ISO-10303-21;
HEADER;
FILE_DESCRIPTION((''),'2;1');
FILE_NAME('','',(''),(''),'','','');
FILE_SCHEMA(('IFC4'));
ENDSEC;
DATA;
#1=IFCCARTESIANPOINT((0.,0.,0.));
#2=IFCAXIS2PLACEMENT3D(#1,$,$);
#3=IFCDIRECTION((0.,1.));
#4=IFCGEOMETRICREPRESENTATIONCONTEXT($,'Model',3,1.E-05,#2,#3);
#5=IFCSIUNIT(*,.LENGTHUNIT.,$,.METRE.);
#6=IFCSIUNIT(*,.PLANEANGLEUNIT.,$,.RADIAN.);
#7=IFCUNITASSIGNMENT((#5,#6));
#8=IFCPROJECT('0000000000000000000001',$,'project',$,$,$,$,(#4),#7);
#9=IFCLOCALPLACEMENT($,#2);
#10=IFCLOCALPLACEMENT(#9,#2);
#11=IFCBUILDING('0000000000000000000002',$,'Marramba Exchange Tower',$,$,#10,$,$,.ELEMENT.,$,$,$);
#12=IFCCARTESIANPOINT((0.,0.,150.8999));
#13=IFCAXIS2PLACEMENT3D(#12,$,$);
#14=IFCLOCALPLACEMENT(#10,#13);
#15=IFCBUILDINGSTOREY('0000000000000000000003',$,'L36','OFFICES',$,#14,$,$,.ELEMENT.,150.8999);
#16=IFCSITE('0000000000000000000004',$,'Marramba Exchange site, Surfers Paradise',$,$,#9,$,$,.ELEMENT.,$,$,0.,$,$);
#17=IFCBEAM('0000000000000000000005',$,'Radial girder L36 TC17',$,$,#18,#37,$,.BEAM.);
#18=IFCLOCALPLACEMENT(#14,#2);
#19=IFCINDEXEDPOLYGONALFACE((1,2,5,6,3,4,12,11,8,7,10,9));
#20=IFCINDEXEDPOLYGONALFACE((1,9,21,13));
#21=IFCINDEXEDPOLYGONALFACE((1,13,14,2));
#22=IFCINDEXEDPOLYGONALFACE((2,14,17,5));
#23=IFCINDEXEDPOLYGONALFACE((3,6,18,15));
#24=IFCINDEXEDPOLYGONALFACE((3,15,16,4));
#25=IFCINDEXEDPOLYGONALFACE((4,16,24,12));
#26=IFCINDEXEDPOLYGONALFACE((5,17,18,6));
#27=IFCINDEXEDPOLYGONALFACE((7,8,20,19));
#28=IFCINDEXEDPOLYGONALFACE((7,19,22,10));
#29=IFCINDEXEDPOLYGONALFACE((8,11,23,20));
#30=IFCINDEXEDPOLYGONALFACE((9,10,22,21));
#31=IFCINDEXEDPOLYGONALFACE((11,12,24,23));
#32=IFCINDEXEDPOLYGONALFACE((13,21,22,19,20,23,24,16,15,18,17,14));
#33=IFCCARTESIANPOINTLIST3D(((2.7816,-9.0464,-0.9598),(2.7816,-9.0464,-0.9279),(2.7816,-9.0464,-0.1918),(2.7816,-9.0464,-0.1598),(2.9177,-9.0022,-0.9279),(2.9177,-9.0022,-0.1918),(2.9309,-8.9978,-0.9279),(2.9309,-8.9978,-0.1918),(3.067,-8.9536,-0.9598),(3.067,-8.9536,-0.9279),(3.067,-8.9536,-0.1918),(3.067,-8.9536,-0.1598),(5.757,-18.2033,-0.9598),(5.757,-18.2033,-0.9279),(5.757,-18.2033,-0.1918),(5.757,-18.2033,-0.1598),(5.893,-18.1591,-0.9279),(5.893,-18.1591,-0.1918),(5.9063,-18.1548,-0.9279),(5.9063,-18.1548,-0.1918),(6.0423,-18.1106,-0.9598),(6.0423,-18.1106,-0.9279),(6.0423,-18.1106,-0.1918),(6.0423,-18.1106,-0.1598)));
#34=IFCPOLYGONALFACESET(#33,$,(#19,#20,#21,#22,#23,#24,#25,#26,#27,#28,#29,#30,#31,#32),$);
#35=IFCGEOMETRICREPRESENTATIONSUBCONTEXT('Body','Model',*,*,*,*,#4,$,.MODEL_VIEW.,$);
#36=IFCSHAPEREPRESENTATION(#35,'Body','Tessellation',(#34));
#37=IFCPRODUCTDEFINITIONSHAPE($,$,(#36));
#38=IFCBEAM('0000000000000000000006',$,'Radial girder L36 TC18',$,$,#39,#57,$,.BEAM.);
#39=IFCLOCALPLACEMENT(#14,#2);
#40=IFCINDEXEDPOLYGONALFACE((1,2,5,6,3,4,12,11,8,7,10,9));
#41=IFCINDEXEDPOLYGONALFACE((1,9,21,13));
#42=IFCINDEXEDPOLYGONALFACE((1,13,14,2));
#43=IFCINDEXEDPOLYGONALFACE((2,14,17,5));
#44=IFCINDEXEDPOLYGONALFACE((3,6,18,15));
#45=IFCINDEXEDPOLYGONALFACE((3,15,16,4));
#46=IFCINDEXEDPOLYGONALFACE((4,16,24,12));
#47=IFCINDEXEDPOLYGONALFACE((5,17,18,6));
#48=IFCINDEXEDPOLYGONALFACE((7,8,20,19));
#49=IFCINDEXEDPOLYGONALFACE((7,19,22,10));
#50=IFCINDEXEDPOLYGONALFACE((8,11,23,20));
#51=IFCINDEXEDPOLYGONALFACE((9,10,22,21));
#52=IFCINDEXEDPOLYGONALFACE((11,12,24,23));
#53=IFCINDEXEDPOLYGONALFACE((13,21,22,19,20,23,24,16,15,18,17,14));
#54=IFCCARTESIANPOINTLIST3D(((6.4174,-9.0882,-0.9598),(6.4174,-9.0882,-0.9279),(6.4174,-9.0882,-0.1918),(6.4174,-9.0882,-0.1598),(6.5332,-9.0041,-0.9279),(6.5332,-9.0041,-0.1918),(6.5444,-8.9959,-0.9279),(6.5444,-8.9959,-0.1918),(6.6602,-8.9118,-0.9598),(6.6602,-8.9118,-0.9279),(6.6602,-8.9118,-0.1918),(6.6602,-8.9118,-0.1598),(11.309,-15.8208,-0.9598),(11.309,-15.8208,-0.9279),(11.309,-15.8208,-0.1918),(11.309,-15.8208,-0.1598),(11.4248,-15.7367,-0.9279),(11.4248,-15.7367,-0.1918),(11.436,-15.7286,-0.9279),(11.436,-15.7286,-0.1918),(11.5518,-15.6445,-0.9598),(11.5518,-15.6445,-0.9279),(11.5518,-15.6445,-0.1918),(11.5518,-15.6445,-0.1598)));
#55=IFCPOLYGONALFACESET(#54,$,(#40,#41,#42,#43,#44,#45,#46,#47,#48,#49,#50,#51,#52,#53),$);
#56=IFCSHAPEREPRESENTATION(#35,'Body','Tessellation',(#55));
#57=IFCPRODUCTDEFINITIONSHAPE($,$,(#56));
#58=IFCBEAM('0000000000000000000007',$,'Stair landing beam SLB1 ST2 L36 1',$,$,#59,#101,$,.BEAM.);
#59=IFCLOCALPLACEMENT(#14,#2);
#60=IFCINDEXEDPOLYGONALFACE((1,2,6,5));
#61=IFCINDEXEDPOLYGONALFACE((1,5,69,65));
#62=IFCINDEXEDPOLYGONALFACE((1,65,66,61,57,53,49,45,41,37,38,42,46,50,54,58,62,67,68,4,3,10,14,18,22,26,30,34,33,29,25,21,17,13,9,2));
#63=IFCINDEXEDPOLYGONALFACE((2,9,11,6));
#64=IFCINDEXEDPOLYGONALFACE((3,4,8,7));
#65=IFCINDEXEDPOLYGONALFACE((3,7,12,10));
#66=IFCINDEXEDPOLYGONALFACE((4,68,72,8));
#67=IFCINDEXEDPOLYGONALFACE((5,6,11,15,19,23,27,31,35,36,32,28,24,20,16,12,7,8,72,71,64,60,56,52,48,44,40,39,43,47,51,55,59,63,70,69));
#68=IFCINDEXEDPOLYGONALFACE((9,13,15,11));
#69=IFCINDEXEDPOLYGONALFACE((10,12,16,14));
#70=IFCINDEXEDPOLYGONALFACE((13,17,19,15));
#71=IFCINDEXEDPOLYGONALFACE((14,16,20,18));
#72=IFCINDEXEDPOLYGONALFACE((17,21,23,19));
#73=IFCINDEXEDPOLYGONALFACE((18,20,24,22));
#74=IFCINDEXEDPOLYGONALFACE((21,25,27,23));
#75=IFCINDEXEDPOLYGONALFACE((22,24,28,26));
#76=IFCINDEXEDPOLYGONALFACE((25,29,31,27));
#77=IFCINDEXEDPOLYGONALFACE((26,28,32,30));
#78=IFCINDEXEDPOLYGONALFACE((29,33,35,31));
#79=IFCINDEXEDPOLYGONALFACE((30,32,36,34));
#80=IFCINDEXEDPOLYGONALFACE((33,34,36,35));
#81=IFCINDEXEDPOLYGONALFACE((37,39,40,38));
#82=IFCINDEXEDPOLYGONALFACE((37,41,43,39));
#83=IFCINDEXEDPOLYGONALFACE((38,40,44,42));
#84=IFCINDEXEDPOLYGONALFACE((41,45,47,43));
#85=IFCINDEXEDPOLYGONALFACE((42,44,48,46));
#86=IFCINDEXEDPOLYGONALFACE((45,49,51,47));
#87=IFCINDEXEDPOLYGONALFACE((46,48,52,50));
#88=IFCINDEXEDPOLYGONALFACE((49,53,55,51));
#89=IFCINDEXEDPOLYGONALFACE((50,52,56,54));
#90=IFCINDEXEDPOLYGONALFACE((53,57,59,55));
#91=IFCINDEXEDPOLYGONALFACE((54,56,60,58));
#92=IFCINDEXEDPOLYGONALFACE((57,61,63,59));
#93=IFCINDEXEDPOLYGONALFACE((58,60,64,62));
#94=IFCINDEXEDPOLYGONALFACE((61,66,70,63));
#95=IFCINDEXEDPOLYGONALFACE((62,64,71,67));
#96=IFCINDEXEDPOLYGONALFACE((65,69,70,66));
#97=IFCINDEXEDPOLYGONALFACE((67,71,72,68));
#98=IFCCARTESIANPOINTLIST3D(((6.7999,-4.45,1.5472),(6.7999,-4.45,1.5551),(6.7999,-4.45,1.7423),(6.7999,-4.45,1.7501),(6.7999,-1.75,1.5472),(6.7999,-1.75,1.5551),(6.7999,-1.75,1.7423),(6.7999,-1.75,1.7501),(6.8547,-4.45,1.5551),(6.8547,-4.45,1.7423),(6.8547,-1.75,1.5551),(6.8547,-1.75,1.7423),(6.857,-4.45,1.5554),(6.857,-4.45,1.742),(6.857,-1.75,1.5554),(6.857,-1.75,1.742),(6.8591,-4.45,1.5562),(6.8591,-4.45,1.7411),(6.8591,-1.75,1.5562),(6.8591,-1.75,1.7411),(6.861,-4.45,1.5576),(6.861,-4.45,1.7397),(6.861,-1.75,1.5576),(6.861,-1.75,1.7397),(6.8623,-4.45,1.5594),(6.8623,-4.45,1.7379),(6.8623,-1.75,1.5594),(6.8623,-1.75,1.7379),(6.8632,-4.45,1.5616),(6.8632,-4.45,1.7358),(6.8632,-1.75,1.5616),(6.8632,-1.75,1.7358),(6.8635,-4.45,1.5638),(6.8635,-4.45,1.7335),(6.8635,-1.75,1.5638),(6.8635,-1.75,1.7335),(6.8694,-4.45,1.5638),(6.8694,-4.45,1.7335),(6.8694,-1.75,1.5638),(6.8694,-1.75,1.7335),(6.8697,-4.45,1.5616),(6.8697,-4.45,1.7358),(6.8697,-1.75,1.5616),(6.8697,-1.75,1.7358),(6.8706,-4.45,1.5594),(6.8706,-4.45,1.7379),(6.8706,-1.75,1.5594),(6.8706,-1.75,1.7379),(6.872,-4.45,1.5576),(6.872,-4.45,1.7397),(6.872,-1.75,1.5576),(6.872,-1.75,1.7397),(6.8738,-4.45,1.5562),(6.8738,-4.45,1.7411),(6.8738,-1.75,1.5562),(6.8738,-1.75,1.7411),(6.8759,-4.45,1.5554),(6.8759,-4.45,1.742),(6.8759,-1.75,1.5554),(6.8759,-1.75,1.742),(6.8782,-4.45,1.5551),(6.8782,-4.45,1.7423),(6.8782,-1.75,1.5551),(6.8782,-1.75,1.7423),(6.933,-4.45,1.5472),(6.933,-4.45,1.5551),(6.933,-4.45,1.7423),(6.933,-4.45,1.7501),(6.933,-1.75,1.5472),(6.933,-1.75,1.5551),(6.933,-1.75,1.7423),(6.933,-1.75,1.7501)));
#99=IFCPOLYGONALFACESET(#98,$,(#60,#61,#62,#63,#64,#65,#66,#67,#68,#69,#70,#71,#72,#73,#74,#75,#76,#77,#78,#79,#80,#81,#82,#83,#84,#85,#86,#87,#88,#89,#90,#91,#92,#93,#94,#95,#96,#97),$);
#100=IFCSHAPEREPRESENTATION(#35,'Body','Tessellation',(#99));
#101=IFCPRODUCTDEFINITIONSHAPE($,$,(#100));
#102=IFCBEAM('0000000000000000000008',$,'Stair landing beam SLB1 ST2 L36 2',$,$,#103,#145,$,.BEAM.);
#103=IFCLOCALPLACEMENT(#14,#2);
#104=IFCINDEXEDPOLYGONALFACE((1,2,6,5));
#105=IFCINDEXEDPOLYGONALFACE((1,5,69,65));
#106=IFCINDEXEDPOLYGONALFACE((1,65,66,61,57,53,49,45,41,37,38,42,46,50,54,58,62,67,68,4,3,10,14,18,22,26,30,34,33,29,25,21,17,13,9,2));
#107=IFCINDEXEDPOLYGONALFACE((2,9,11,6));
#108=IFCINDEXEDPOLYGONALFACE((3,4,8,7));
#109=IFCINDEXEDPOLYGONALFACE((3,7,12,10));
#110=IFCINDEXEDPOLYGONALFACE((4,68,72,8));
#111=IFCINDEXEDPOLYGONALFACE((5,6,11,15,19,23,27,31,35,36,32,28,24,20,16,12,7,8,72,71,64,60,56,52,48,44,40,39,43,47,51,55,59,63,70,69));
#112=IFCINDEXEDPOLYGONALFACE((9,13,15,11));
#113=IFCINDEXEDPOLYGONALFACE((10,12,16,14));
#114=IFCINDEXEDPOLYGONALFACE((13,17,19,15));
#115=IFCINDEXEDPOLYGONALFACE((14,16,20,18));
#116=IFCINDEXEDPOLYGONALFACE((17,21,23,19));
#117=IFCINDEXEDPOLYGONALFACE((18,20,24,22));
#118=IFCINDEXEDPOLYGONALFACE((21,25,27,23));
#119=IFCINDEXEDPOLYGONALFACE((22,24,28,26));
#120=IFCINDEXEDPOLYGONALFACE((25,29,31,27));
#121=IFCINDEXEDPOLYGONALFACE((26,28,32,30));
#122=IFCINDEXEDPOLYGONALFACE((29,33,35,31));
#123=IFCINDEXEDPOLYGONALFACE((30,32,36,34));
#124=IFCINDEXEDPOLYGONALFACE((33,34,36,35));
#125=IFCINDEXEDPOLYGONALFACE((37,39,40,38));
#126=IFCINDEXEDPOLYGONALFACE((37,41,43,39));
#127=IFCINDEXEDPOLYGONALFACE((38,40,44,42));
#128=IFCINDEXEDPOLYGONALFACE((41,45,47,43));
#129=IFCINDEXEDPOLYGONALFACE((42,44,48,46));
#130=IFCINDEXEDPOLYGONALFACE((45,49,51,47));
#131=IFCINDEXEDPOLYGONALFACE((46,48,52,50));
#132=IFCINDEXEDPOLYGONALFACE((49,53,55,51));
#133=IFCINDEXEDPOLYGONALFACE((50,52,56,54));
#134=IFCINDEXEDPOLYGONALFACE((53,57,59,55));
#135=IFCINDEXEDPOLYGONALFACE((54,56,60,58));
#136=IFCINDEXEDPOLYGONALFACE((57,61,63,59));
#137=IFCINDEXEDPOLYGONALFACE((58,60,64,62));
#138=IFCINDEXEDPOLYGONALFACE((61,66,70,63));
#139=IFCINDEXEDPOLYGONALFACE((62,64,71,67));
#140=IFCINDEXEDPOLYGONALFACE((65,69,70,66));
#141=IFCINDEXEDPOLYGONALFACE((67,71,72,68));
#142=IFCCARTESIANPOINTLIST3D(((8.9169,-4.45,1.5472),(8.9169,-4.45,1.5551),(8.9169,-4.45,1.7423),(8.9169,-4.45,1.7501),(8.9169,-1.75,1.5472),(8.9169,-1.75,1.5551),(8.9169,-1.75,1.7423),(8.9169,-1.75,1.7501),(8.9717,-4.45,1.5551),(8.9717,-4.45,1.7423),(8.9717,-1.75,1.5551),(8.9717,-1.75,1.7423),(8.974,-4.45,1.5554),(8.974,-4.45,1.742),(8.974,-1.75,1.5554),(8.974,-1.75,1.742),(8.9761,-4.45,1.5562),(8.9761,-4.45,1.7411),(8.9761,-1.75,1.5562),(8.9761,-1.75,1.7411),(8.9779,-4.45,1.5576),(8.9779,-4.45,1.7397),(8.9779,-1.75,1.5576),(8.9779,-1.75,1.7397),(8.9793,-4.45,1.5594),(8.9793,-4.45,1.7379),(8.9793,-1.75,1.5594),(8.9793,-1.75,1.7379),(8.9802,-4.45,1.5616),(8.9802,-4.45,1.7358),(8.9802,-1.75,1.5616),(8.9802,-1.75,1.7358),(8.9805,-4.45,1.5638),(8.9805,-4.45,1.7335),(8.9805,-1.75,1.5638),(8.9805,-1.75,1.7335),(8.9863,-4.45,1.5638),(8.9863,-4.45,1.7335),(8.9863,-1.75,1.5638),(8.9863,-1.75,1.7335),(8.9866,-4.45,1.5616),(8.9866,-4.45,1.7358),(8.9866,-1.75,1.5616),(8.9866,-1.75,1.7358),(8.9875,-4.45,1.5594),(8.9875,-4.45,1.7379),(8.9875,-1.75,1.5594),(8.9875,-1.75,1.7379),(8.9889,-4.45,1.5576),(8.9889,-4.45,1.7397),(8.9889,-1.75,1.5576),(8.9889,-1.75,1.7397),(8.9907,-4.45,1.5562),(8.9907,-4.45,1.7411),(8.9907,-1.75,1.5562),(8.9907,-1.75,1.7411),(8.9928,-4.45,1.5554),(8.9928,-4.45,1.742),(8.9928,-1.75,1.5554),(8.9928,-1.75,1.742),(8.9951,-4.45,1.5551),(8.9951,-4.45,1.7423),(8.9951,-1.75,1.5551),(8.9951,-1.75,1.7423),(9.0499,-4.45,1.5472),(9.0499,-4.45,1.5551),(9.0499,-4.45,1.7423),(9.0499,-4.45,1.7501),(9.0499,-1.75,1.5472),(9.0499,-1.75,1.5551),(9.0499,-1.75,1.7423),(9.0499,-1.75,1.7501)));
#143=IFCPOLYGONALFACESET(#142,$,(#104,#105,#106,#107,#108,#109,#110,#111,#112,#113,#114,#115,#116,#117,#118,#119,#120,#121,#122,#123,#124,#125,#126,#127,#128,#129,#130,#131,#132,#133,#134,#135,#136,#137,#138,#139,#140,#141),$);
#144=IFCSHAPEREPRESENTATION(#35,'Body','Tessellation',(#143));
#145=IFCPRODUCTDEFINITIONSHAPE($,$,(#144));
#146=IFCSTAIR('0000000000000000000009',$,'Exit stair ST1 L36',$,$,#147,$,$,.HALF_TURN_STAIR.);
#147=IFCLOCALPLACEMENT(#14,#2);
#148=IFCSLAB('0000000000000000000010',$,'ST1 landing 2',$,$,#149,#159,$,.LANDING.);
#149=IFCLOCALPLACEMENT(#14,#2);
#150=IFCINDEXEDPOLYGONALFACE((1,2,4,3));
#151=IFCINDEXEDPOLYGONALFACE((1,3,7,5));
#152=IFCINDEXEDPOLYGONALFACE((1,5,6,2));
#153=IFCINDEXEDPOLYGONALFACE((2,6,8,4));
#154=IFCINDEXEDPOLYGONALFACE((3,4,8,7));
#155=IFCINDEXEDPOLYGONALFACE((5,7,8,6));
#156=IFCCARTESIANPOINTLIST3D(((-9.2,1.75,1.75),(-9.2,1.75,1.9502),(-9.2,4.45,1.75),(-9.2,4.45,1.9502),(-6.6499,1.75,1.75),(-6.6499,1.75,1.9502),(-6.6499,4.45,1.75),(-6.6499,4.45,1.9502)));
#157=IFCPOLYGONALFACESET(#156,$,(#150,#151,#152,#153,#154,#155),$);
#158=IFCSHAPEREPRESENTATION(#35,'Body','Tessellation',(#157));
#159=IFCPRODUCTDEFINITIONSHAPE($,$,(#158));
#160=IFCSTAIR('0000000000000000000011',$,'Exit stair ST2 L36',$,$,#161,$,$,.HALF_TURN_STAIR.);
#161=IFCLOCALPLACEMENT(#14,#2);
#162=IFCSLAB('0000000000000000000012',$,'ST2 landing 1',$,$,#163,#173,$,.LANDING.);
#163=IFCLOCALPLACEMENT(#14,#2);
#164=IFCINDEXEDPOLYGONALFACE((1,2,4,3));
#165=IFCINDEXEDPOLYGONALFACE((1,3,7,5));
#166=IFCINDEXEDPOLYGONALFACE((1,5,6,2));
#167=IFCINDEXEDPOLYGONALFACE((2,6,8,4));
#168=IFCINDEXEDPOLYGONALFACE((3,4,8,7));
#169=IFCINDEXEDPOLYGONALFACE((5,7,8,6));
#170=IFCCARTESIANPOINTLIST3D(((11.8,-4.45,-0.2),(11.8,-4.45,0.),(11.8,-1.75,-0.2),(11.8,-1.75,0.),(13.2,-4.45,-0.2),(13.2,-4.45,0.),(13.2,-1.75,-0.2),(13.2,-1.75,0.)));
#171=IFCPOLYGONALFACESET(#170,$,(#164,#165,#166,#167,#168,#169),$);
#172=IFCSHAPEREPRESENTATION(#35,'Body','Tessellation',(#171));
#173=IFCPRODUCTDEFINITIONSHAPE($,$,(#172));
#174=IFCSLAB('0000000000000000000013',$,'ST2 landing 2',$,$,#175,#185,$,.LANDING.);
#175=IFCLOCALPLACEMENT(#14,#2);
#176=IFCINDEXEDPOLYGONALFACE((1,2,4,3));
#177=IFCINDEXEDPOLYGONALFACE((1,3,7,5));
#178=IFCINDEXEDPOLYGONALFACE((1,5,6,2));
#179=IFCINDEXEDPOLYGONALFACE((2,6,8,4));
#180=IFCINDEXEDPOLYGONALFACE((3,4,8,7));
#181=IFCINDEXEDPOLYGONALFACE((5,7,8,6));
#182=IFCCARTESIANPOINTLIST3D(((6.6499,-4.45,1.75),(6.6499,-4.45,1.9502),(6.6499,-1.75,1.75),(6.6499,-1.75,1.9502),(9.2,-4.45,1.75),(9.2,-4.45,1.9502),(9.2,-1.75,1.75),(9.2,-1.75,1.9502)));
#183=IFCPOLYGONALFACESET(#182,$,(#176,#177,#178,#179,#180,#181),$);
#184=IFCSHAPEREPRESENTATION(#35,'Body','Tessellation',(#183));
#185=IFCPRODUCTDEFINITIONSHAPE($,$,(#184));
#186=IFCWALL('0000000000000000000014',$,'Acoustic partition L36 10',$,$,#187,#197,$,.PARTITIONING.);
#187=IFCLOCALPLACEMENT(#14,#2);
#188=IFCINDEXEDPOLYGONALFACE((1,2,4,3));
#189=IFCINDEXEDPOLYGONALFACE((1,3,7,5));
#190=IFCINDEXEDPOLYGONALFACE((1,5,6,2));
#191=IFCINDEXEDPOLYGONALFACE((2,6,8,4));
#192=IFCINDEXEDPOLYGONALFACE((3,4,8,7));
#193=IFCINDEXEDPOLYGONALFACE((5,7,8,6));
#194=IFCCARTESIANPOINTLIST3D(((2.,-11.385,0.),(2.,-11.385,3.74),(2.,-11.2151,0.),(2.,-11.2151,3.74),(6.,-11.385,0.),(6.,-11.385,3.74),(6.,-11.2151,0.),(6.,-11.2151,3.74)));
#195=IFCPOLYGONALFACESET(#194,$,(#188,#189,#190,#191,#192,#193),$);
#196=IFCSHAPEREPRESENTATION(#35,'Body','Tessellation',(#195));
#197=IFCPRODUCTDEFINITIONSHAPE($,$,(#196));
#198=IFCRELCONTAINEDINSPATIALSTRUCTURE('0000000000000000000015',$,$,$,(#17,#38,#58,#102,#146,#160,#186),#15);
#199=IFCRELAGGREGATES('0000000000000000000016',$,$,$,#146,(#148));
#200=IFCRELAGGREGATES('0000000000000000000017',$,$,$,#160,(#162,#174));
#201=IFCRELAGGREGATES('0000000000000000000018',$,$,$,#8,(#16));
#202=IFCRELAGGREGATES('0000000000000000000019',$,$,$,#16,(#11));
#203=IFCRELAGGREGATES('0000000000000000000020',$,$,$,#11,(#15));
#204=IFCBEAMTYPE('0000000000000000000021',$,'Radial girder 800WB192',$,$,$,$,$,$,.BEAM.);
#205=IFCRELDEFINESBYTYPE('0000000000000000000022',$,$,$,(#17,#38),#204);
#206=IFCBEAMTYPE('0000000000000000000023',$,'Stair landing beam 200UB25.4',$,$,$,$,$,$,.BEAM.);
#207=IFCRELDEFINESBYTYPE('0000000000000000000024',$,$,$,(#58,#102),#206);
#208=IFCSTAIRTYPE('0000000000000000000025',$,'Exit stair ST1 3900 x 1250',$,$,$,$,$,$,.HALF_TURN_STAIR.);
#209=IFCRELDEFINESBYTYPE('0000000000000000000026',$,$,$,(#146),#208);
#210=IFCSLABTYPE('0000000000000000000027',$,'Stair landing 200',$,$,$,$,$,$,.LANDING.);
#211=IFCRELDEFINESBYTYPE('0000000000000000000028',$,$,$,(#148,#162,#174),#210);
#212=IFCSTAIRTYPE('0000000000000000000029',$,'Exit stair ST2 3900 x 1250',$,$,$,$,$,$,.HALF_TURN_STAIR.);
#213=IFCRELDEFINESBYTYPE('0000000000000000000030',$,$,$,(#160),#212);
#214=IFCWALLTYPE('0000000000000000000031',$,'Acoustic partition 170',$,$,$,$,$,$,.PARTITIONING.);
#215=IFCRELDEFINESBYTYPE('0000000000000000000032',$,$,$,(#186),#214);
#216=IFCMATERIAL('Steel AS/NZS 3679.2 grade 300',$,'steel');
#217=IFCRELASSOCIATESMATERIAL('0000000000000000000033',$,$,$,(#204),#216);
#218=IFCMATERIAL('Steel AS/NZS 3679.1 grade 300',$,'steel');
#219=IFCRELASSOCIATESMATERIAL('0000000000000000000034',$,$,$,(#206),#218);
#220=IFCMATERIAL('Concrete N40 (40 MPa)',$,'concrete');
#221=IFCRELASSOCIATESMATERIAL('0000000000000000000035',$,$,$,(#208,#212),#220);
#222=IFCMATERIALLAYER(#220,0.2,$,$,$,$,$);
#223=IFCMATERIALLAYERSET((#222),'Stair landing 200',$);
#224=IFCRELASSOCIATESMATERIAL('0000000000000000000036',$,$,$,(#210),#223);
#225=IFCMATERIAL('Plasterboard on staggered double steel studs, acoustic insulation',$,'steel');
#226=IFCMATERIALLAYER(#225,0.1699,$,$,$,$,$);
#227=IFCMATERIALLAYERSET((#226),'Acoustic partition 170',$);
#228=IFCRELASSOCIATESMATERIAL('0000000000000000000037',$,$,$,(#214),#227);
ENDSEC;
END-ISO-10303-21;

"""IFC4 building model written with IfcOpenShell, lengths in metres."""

from ifc_helpers import new_model, si_unit, direction, frame, frame_2d, origin, origin_2d, place, context, subcontext, project, spatial, polyline, rectangle, i_section, outline, extrude, material, layer, layer_set, material_profile, profile_set, type_object, element, aggregate, save


model = new_model("IFC4")

# Units and contexts
model_context = context("Model", 3, precision=1e-05, world=origin(), true_north=direction((0.0, 1.0)))
body_context = subcontext(model_context, "Body", "Model", "MODEL_VIEW")
ifc_project = project(units=[si_unit("LENGTHUNIT", "METRE"), si_unit("PLANEANGLEUNIT", "RADIAN")], contexts=[model_context])

# Site, building, storey
site_placement = place(None, origin())
site = spatial("IfcSite", under=ifc_project, at=site_placement, Name="Marramba Exchange site, Surfers Paradise", CompositionType="ELEMENT", RefElevation=0.0)
building_placement = place(site_placement, origin())
building = spatial("IfcBuilding", under=site, at=building_placement, Name="Marramba Exchange Tower", CompositionType="ELEMENT")
storey_placement = place(building_placement, frame((0.0, 0.0, 150.8999)))
storey = spatial("IfcBuildingStorey", under=building, at=storey_placement, Name="L36", Description="OFFICES", CompositionType="ELEMENT", Elevation=150.8999)

# Beams
ifc_material_1 = material(Name="Steel AS/NZS 3679.2 grade 300", Category="steel")
ifc_material_profile_1 = material_profile(ifc_material_1, i_section(OverallWidth=0.3, OverallDepth=0.8, WebThickness=0.0139, FlangeThickness=0.032, at=origin_2d()), Name="800WB192")
ifc_profile_set_1 = profile_set([ifc_material_profile_1], Name="Steel AS/NZS 3679.2 grade 300")
beam_type_1 = type_object("IfcBeamType", Name="Radial girder 800WB192", PredefinedType="BEAM", material=ifc_profile_set_1)
beam_1_placement = place(storey_placement, frame((2.9243, -9.0, -0.5598), z_axis=(0.309022, -0.951055, 0.0), x_axis=(0.951055, 0.309022, 0.0)))
element("IfcBeam", 1, at=beam_1_placement, inside=storey, type_object=beam_type_1, Name="Radial girder L36 TC17", PredefinedType="BEAM", context=body_context, shape_type="SweptSolid", body=[
    extrude(i_section(OverallWidth=0.3, OverallDepth=0.8, WebThickness=0.0139, FlangeThickness=0.032, at=origin_2d()), origin(), (0.0, 0.0, 1.0), 9.6282),
])
beam_2_placement = place(storey_placement, frame((6.5388, -9.0, -0.5598), z_axis=(0.587788, -0.809015, 0.0), x_axis=(0.809015, 0.587788, 0.0)))
element("IfcBeam", 2, at=beam_2_placement, inside=storey, type_object=beam_type_1, Name="Radial girder L36 TC18", PredefinedType="BEAM", context=body_context, shape_type="SweptSolid", body=[
    extrude(i_section(OverallWidth=0.3, OverallDepth=0.8, WebThickness=0.0139, FlangeThickness=0.032, at=origin_2d()), origin(), (0.0, 0.0, 1.0), 8.322),
])
ifc_material_2 = material(Name="Steel AS/NZS 3679.1 grade 300", Category="steel")
ifc_material_profile_2 = material_profile(ifc_material_2, i_section(OverallWidth=0.1331, OverallDepth=0.2029, WebThickness=0.0059, FlangeThickness=0.0078, FilletRadius=0.0088, at=origin_2d()), Name="200UB25.4")
ifc_profile_set_2 = profile_set([ifc_material_profile_2], Name="Steel AS/NZS 3679.1 grade 300")
beam_type_2 = type_object("IfcBeamType", Name="Stair landing beam 200UB25.4", PredefinedType="BEAM", material=ifc_profile_set_2)
for number, where, z_axis, x_axis, name in (
    (3, (6.8665, -4.45, 1.6487), (0.0, 1.0, 0.0), (-1.0, 0.0, 0.0), "Stair landing beam SLB1 ST2 L36 1"),
    (4, (8.9834, -4.45, 1.6487), (0.0, 1.0, 0.0), (-1.0, 0.0, 0.0), "Stair landing beam SLB1 ST2 L36 2"),
):
    element("IfcBeam", number, at=place(storey_placement, frame(where, z_axis=z_axis, x_axis=x_axis)), inside=storey, type_object=beam_type_2, Name=name, PredefinedType="BEAM", context=body_context, shape_type="SweptSolid", body=[
        extrude(i_section(OverallWidth=0.1331, OverallDepth=0.2029, WebThickness=0.0059, FlangeThickness=0.0078, FilletRadius=0.0088, at=origin_2d()), origin(), (0.0, 0.0, 1.0), 2.7),
    ])

# Stair, slab
ifc_material_3 = material(Name="Concrete N40 (40 MPa)", Category="concrete")
stair_type_1 = type_object("IfcStairType", Name="Exit stair ST1 3900 x 1250", PredefinedType="HALF_TURN_STAIR", material=ifc_material_3)
stair_1_placement = place(storey_placement, origin())
stair_1 = element("IfcStair", 5, at=stair_1_placement, inside=storey, type_object=stair_type_1, Name="Exit stair ST1 L36", PredefinedType="HALF_TURN_STAIR")
ifc_layer_1 = layer(ifc_material_3, 0.2)
ifc_layer_set_1 = layer_set([ifc_layer_1], Name="Stair landing 200")
slab_type = type_object("IfcSlabType", Name="Stair landing 200", PredefinedType="LANDING", material=ifc_layer_set_1)
slab_1_placement = place(storey_placement, frame((0.0, 0.0, 1.75)))
slab_1 = element("IfcSlab", 6, at=slab_1_placement, type_object=slab_type, Name="ST1 landing 2", PredefinedType="LANDING", context=body_context, shape_type="SweptSolid", body=[
    extrude(outline(polyline([(-9.2, 1.75), (-6.6499, 1.75), (-6.6499, 4.45), (-9.2, 4.45), (-9.2, 1.75)])), origin(), (0.0, 0.0, 1.0), 0.2002),
])
aggregate(stair_1, [slab_1])

# Stair, slabs
stair_type_2 = type_object("IfcStairType", Name="Exit stair ST2 3900 x 1250", PredefinedType="HALF_TURN_STAIR", material=ifc_material_3)
stair_2_placement = place(storey_placement, origin())
stair_2 = element("IfcStair", 7, at=stair_2_placement, inside=storey, type_object=stair_type_2, Name="Exit stair ST2 L36", PredefinedType="HALF_TURN_STAIR")
slab_2_placement = place(storey_placement, frame((0.0, 0.0, -0.2)))
slab_2 = element("IfcSlab", 8, at=slab_2_placement, type_object=slab_type, Name="ST2 landing 1", PredefinedType="LANDING", context=body_context, shape_type="SweptSolid", body=[
    extrude(outline(polyline([(11.8, -4.45), (13.2, -4.45), (13.2, -1.75), (11.8, -1.75), (11.8, -4.45)])), origin(), (0.0, 0.0, 1.0), 0.2),
])
slab_3_placement = place(storey_placement, frame((0.0, 0.0, 1.75)))
slab_3 = element("IfcSlab", 9, at=slab_3_placement, type_object=slab_type, Name="ST2 landing 2", PredefinedType="LANDING", context=body_context, shape_type="SweptSolid", body=[
    extrude(outline(polyline([(6.6499, -4.45), (9.2, -4.45), (9.2, -1.75), (6.6499, -1.75), (6.6499, -4.45)])), origin(), (0.0, 0.0, 1.0), 0.2002),
])

# Wall
ifc_material_4 = material(Name="Plasterboard on staggered double steel studs, acoustic insulation", Category="steel")
ifc_layer_2 = layer(ifc_material_4, 0.1699)
ifc_layer_set_2 = layer_set([ifc_layer_2], Name="Acoustic partition 170")
wall_type_1 = type_object("IfcWallType", Name="Acoustic partition 170", PredefinedType="PARTITIONING", material=ifc_layer_set_2)
for number, where, z_axis, x_axis, name in (
    (10, (6.0, -11.3, 0.0), (0.0, 0.0, 1.0), (-1.0, 0.0, 0.0), "Acoustic partition L36 10"),
):
    element("IfcWall", number, at=place(storey_placement, frame(where, z_axis=z_axis, x_axis=x_axis)), inside=storey, type_object=wall_type_1, Name=name, PredefinedType="PARTITIONING", context=body_context, shape_type="SweptSolid", body=[
        extrude(rectangle(XDim=4.0, YDim=0.1699, at=frame_2d((2.0, 0.0))), origin(), (0.0, 0.0, 1.0), 3.74),
    ])

aggregate(stair_2, [slab_2, slab_3])

save(model, "model.ifc")
